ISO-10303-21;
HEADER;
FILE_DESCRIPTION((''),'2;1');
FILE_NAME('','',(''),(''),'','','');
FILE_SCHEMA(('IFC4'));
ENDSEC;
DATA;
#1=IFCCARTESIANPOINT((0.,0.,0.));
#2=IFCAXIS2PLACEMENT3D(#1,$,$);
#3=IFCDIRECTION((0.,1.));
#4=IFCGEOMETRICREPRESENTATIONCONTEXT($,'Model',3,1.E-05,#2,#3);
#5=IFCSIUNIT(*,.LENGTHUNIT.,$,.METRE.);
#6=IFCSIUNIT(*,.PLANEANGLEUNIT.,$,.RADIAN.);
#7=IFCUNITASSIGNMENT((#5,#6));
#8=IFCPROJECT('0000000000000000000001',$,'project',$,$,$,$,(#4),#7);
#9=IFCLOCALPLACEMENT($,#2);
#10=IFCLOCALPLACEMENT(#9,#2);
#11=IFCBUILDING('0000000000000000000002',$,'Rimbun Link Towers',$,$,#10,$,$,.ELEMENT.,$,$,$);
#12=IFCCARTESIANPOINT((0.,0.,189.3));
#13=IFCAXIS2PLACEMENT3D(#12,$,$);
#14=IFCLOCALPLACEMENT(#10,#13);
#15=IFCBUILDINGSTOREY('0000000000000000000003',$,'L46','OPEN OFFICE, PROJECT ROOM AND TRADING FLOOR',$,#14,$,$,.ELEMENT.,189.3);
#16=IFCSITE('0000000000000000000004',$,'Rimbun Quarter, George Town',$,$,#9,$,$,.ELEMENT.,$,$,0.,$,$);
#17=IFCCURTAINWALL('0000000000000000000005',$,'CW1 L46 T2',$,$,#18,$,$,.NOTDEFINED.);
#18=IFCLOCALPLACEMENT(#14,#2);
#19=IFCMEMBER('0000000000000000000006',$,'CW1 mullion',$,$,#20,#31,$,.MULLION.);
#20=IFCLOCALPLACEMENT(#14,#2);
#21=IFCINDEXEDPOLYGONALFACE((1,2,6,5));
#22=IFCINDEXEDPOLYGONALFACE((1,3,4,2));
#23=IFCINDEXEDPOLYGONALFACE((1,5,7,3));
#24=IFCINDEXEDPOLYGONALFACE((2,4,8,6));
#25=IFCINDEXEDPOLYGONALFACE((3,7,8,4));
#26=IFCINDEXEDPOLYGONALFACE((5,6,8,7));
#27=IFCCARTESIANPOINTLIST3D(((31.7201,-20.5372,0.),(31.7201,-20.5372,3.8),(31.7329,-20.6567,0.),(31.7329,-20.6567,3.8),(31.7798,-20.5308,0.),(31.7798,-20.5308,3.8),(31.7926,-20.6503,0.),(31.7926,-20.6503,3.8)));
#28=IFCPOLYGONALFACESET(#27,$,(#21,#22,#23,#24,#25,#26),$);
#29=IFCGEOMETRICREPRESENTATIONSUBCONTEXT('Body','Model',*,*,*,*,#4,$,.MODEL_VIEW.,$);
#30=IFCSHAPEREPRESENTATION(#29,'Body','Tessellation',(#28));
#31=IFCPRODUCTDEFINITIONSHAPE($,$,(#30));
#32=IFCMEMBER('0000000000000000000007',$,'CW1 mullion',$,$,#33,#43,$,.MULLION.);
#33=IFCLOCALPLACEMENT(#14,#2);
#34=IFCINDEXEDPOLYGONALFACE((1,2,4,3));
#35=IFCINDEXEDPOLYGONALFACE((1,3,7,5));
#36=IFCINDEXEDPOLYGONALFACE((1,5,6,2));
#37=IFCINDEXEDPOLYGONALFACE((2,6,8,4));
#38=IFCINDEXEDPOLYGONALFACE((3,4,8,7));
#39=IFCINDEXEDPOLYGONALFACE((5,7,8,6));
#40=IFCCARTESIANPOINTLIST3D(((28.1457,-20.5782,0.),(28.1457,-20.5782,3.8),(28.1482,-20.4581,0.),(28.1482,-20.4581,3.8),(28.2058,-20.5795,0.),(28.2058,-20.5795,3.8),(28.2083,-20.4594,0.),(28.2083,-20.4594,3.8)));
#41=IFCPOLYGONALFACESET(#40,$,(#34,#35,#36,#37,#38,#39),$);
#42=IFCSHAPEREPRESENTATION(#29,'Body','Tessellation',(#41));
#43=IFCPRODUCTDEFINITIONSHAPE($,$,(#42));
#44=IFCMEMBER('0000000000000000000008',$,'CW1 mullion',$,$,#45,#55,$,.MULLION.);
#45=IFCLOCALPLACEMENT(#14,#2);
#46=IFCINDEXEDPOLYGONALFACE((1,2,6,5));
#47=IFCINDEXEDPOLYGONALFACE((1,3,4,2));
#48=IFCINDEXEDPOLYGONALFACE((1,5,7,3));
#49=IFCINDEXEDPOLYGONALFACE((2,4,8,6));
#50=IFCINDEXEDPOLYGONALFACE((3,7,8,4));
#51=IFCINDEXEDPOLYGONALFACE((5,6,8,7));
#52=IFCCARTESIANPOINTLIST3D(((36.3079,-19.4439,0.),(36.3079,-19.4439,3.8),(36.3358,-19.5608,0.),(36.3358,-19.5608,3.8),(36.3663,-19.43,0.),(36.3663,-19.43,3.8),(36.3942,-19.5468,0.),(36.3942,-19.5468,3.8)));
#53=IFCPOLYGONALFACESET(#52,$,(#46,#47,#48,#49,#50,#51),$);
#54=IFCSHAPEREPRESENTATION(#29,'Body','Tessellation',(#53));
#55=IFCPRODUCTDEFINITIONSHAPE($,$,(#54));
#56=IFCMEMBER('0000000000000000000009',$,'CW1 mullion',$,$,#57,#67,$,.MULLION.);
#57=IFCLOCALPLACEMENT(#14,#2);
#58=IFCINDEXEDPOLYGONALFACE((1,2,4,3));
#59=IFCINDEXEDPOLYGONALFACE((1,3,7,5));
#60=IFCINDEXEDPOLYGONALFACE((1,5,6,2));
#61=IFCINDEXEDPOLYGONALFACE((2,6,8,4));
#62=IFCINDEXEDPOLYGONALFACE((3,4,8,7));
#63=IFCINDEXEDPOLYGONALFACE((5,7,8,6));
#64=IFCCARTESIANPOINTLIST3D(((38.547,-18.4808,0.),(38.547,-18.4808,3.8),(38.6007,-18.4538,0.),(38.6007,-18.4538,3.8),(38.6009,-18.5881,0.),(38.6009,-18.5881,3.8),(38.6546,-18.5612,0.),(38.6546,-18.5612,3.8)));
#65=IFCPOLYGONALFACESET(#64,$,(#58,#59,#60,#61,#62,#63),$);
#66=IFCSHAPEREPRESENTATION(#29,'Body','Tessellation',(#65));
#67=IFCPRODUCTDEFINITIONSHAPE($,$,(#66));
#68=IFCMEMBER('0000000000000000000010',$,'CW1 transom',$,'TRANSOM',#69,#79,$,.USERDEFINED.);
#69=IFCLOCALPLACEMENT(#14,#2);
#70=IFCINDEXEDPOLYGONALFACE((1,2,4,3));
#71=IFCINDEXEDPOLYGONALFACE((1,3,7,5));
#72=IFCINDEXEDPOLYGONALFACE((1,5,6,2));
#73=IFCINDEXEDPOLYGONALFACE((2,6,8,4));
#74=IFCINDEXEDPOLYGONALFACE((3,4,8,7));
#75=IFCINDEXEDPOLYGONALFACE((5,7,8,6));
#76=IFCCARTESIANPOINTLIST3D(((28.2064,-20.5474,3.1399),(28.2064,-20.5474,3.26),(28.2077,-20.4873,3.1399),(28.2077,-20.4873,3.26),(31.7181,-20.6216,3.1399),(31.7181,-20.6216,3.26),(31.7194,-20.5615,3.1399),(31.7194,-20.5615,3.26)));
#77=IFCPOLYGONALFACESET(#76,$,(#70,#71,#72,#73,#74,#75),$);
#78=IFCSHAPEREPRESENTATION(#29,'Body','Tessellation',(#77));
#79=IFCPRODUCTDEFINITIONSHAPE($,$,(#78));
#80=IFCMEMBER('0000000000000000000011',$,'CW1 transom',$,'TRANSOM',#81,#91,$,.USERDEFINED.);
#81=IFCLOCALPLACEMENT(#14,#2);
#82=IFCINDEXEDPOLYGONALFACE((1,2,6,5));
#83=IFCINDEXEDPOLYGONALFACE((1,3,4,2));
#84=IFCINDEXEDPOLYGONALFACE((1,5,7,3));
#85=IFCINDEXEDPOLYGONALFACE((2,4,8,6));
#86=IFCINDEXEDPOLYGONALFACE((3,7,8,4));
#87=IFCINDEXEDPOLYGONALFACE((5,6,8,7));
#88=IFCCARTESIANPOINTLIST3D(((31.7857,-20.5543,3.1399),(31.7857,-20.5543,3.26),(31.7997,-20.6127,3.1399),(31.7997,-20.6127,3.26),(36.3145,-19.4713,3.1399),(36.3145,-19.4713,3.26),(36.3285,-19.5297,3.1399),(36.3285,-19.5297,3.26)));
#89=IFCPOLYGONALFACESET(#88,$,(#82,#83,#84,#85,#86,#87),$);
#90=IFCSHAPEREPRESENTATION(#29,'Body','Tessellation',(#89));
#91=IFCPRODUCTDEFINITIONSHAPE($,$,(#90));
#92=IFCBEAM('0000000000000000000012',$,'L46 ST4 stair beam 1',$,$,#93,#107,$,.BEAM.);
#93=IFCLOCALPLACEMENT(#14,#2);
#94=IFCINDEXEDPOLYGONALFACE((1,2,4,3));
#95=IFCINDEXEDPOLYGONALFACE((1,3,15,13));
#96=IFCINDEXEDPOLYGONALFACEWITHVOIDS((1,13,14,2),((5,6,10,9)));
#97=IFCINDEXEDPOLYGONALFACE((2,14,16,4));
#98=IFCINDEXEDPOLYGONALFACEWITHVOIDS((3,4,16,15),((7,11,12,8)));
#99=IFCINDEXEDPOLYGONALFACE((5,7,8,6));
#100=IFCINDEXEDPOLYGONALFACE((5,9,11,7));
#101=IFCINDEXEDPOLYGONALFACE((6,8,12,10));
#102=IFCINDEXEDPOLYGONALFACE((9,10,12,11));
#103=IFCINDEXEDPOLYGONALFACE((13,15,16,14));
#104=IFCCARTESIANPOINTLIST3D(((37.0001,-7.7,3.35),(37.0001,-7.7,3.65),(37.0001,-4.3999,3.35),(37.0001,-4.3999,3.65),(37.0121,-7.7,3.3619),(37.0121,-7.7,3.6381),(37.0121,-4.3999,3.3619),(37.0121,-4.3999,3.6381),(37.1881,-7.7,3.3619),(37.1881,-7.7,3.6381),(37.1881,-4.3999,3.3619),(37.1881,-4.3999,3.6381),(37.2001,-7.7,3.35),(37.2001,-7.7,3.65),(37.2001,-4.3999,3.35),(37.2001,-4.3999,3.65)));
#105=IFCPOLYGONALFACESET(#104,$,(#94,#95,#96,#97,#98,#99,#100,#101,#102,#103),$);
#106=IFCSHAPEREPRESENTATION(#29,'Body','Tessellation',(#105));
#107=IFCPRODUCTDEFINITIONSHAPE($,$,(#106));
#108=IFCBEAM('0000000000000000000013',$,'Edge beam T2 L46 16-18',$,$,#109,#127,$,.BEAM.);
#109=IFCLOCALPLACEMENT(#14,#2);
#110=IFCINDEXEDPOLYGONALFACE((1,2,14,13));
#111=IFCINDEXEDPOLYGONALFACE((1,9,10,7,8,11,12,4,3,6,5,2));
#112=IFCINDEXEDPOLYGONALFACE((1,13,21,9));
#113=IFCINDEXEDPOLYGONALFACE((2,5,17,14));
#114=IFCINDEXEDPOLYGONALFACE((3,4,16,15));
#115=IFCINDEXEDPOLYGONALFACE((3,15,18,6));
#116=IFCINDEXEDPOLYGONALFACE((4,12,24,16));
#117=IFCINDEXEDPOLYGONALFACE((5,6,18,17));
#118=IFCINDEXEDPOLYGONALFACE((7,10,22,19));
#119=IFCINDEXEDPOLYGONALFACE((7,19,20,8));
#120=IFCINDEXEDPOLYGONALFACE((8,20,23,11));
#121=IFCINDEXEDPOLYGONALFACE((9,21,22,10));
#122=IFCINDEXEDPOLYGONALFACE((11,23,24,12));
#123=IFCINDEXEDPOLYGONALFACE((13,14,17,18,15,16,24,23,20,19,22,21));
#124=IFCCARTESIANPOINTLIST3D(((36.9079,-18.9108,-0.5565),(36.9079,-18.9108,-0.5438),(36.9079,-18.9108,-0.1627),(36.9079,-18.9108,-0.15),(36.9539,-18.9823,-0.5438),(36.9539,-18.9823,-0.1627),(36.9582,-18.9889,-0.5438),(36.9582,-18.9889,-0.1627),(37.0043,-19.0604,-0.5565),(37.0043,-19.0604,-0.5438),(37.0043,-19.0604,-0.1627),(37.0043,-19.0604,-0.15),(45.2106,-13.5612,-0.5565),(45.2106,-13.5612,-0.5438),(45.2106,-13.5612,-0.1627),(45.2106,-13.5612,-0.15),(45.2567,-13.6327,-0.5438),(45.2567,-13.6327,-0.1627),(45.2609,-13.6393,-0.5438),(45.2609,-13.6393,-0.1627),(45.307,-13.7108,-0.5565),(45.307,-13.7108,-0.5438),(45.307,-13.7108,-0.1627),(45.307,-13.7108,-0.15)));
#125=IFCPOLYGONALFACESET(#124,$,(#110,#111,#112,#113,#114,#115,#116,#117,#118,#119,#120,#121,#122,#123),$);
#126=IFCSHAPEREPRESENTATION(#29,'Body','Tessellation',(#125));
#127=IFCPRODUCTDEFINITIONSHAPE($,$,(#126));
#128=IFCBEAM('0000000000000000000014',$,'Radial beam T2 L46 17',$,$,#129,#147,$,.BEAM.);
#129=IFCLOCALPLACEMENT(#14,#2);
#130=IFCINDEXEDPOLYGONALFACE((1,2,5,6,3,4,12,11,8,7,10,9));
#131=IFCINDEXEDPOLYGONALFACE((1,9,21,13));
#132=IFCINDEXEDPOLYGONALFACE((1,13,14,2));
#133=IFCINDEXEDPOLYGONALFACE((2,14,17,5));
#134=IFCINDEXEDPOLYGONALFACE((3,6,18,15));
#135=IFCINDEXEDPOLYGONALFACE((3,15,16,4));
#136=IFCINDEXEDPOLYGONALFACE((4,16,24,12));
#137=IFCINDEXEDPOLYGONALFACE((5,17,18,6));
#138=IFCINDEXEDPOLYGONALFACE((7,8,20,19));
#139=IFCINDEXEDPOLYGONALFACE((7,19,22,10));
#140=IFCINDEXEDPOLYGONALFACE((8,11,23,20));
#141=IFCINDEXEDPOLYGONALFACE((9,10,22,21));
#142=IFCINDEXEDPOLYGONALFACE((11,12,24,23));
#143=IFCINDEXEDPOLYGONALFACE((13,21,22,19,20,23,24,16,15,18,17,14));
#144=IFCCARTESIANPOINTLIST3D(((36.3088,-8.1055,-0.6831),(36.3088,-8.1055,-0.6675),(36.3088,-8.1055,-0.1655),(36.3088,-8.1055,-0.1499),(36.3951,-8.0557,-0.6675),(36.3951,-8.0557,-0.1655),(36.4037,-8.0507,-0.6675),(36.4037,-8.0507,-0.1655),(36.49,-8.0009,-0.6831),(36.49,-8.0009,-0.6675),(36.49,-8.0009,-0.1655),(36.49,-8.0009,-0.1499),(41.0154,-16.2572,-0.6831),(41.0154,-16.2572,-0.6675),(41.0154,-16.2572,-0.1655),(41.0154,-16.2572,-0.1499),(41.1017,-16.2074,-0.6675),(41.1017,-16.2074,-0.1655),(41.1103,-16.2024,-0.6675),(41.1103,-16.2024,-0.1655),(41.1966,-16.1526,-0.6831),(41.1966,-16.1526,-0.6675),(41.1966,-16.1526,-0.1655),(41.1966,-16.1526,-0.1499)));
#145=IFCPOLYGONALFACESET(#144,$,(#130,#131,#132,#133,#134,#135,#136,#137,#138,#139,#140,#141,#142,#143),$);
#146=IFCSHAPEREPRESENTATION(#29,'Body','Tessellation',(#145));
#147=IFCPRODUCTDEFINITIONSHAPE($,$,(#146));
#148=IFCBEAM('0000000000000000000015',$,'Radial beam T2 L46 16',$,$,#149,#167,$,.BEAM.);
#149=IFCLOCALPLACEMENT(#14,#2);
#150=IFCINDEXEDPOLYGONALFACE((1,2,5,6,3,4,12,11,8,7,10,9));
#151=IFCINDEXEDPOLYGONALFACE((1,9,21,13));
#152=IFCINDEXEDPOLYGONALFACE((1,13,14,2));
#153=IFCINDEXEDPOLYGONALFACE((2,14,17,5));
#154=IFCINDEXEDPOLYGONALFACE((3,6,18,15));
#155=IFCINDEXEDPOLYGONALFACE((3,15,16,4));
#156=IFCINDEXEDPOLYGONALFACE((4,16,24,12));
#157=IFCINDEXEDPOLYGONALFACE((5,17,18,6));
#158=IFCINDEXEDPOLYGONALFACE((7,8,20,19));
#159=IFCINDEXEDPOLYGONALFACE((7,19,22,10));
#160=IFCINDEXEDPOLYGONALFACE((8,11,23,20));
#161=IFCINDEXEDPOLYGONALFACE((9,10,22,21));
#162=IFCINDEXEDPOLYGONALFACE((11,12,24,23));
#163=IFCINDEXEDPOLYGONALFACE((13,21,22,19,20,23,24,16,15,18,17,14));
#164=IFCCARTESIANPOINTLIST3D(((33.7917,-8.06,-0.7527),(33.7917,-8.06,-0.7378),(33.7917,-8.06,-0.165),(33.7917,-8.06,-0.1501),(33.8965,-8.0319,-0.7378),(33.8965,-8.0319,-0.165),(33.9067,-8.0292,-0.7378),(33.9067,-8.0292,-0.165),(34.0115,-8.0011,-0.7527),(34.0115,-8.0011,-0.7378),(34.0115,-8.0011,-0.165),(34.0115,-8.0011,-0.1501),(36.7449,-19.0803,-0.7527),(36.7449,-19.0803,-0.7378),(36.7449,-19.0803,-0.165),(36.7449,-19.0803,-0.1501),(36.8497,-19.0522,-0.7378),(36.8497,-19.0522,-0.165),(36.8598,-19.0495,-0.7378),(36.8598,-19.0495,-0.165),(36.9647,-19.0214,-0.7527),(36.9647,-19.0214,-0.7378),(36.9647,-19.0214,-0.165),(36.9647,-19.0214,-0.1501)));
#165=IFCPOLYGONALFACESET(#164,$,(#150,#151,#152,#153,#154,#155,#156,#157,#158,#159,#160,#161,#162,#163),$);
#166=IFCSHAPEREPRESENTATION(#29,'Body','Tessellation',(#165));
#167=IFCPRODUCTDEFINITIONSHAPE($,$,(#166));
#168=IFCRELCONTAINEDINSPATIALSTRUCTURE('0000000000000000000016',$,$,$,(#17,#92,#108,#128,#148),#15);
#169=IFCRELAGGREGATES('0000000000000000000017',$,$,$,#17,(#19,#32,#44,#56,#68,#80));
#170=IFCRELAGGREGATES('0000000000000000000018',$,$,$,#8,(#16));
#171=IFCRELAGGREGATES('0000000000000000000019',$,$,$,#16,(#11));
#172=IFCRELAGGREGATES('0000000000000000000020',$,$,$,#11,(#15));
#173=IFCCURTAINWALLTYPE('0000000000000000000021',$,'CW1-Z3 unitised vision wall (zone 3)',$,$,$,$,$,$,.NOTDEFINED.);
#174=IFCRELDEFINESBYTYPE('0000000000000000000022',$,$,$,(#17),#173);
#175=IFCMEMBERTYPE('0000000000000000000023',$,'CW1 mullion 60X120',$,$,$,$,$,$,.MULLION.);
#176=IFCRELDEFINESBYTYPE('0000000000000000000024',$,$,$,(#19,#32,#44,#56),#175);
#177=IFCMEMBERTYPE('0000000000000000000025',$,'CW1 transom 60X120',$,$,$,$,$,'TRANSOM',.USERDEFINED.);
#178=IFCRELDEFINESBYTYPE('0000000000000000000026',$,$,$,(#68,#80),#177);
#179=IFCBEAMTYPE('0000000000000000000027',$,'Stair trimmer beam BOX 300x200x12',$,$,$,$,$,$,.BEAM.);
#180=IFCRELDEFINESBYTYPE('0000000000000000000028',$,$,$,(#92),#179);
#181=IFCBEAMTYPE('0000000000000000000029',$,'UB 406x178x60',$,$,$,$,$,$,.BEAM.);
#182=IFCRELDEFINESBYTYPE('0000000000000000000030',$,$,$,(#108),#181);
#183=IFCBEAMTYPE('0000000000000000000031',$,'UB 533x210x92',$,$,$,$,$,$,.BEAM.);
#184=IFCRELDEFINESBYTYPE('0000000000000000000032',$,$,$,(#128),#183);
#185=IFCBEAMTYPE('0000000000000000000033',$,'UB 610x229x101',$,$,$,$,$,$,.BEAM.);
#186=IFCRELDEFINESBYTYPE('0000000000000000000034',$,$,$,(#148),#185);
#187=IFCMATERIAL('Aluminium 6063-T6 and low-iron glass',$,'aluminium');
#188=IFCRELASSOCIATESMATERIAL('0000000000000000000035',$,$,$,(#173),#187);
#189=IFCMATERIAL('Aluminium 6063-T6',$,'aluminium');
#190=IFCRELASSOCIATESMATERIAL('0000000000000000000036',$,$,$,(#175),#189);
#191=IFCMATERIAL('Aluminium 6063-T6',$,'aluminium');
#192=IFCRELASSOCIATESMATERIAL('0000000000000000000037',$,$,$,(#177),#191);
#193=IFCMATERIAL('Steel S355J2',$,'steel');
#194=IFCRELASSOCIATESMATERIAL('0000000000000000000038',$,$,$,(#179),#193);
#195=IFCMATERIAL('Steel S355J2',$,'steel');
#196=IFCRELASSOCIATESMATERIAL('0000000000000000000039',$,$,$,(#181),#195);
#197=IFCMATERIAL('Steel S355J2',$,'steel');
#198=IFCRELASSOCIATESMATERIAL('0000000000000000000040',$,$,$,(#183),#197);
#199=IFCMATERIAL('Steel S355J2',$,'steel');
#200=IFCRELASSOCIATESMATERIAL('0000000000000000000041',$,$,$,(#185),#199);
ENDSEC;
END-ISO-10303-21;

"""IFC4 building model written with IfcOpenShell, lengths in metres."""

from ifc_helpers import new_model, si_unit, direction, frame, origin, origin_2d, place, context, subcontext, project, spatial, rectangle, hollow_rectangle, i_section, extrude, material, material_profile, profile_set, type_object, element, aggregate, save


model = new_model("IFC4")

# Units and contexts
model_context = context("Model", 3, precision=1e-05, world=origin(), true_north=direction((0.0, 1.0)))
body_context = subcontext(model_context, "Body", "Model", "MODEL_VIEW")
ifc_project = project(units=[si_unit("LENGTHUNIT", "METRE"), si_unit("PLANEANGLEUNIT", "RADIAN")], contexts=[model_context])

# Site, building, storey
site_placement = place(None, origin())
site = spatial("IfcSite", under=ifc_project, at=site_placement, Name="Rimbun Quarter, George Town", CompositionType="ELEMENT", RefElevation=0.0)
building_placement = place(site_placement, origin())
building = spatial("IfcBuilding", under=site, at=building_placement, Name="Rimbun Link Towers", CompositionType="ELEMENT")
storey_placement = place(building_placement, frame((0.0, 0.0, 189.3)))
storey = spatial("IfcBuildingStorey", under=building, at=storey_placement, Name="L46", Description="OPEN OFFICE, PROJECT ROOM AND TRADING FLOOR", CompositionType="ELEMENT", Elevation=189.3)

# Curtain wall, members
ifc_material_1 = material(Name="Aluminium 6063-T6 and low-iron glass", Category="aluminium")
curtain_wall_type = type_object("IfcCurtainWallType", Name="CW1-Z3 unitised vision wall (zone 3)", PredefinedType="NOTDEFINED", material=ifc_material_1)
curtain_wall_placement = place(storey_placement, origin())
curtain_wall = element("IfcCurtainWall", 1, at=curtain_wall_placement, inside=storey, type_object=curtain_wall_type, Name="CW1 L46 T2", PredefinedType="NOTDEFINED")
ifc_material_2 = material(Name="Aluminium 6063-T6", Category="aluminium")
ifc_material_profile_1 = material_profile(ifc_material_2, rectangle(XDim=0.1201, YDim=0.0601, at=origin_2d()), Name="MULLION 60X120")
ifc_profile_set_1 = profile_set([ifc_material_profile_1], Name="Aluminium 6063-T6")
member_type_1 = type_object("IfcMemberType", Name="CW1 mullion 60X120", PredefinedType="MULLION", material=ifc_profile_set_1)
member_1_placement = place(storey_placement, frame((31.7563, -20.5938, 0.0), z_axis=(0.0, 0.0, 1.0), x_axis=(0.106634, -0.994298, 0.0)))
member_1 = element("IfcMember", 2, at=member_1_placement, type_object=member_type_1, Name="CW1 mullion", PredefinedType="MULLION", context=body_context, shape_type="SweptSolid", body=[
    extrude(rectangle(XDim=0.1201, YDim=0.0601, at=origin_2d()), origin(), (0.0, 0.0, 1.0), 3.8),
])
member_2_placement = place(storey_placement, frame((28.177, -20.5188, 0.0), z_axis=(0.0, 0.0, 1.0), x_axis=(-0.021069, -0.999778, 0.0)))
member_2 = element("IfcMember", 3, at=member_2_placement, type_object=member_type_1, Name="CW1 mullion", PredefinedType="MULLION", context=body_context, shape_type="SweptSolid", body=[
    extrude(rectangle(XDim=0.1201, YDim=0.0601, at=origin_2d()), origin(), (0.0, 0.0, 1.0), 3.8),
])
member_3_placement = place(storey_placement, frame((36.3511, -19.4954, 0.0), z_axis=(0.0, 0.0, 1.0), x_axis=(0.232596, -0.972573, 0.0)))
member_3 = element("IfcMember", 4, at=member_3_placement, type_object=member_type_1, Name="CW1 mullion", PredefinedType="MULLION", context=body_context, shape_type="SweptSolid", body=[
    extrude(rectangle(XDim=0.1201, YDim=0.0601, at=origin_2d()), origin(), (0.0, 0.0, 1.0), 3.8),
])
member_4_placement = place(storey_placement, frame((38.6008, -18.521, 0.0), z_axis=(0.0, 0.0, 1.0), x_axis=(0.448781, -0.893642, 0.0)))
member_4 = element("IfcMember", 5, at=member_4_placement, type_object=member_type_1, Name="CW1 mullion", PredefinedType="MULLION", context=body_context, shape_type="SweptSolid", body=[
    extrude(rectangle(XDim=0.1201, YDim=0.0601, at=origin_2d()), origin(), (0.0, 0.0, 1.0), 3.8),
])
ifc_material_3 = material(Name="Aluminium 6063-T6", Category="aluminium")
ifc_material_profile_2 = material_profile(ifc_material_3, rectangle(XDim=0.0601, YDim=0.1201, at=origin_2d()), Name="TRANSOM 60X120")
ifc_profile_set_2 = profile_set([ifc_material_profile_2], Name="Aluminium 6063-T6")
member_type_2 = type_object("IfcMemberType", Name="CW1 transom 60X120", ElementType="TRANSOM", PredefinedType="USERDEFINED", material=ifc_profile_set_2)
member_5_placement = place(storey_placement, frame((31.7188, -20.5916, 3.2), z_axis=(-0.999777, 0.02113, 0.0), x_axis=(-0.02113, -0.999777, 0.0)))
member_5 = element("IfcMember", 6, at=member_5_placement, type_object=member_type_2, Name="CW1 transom", ObjectType="TRANSOM", PredefinedType="USERDEFINED", context=body_context, shape_type="SweptSolid", body=[
    extrude(rectangle(XDim=0.0601, YDim=0.1201, at=origin_2d()), origin(), (0.0, 0.0, 1.0), 3.5125),
])
member_6_placement = place(storey_placement, frame((36.3215, -19.5005, 3.2), z_axis=(-0.972577, -0.23258, 0.0), x_axis=(0.23258, -0.972577, 0.0)))
member_6 = element("IfcMember", 7, at=member_6_placement, type_object=member_type_2, Name="CW1 transom", ObjectType="TRANSOM", PredefinedType="USERDEFINED", context=body_context, shape_type="SweptSolid", body=[
    extrude(rectangle(XDim=0.0601, YDim=0.1201, at=origin_2d()), origin(), (0.0, 0.0, 1.0), 4.6565),
])

# Beams
ifc_material_4 = material(Name="Steel S355J2", Category="steel")
ifc_material_profile_3 = material_profile(ifc_material_4, hollow_rectangle(XDim=0.2, YDim=0.3, WallThickness=0.012, at=origin_2d()), Name="BOX 300x200x12")
ifc_profile_set_3 = profile_set([ifc_material_profile_3], Name="Steel S355J2")
beam_type_1 = type_object("IfcBeamType", Name="Stair trimmer beam BOX 300x200x12", PredefinedType="BEAM", material=ifc_profile_set_3)
beam_1_placement = place(storey_placement, frame((37.1001, -7.7, 3.5), z_axis=(0.0, 1.0, 0.0), x_axis=(-1.0, 0.0, 0.0)))
element("IfcBeam", 8, at=beam_1_placement, inside=storey, type_object=beam_type_1, Name="L46 ST4 stair beam 1", PredefinedType="BEAM", context=body_context, shape_type="SweptSolid", body=[
    extrude(hollow_rectangle(XDim=0.2, YDim=0.3, WallThickness=0.012, at=origin_2d()), origin(), (0.0, 0.0, 1.0), 3.3),
])
ifc_material_5 = material(Name="Steel S355J2", Category="steel")
ifc_material_profile_4 = material_profile(ifc_material_5, i_section(OverallWidth=0.178, OverallDepth=0.4065, WebThickness=0.0078, FlangeThickness=0.0127, at=origin_2d()), Name="UB 406x178x60")
ifc_profile_set_4 = profile_set([ifc_material_profile_4], Name="Steel S355J2")
beam_type_2 = type_object("IfcBeamType", Name="UB 406x178x60", PredefinedType="BEAM", material=ifc_profile_set_4)
beam_2_placement = place(storey_placement, frame((36.9561, -18.9856, -0.3533), z_axis=(0.840619, 0.541627, 0.0), x_axis=(-0.541627, 0.840619, 0.0)))
element("IfcBeam", 9, at=beam_2_placement, inside=storey, type_object=beam_type_2, Name="Edge beam T2 L46 16-18", PredefinedType="BEAM", context=body_context, shape_type="SweptSolid", body=[
    extrude(i_section(OverallWidth=0.178, OverallDepth=0.4065, WebThickness=0.0078, FlangeThickness=0.0127, at=origin_2d()), origin(), (0.0, 0.0, 1.0), 9.877),
])
ifc_material_6 = material(Name="Steel S355J2", Category="steel")
ifc_material_profile_5 = material_profile(ifc_material_6, i_section(OverallWidth=0.2092, OverallDepth=0.5332, WebThickness=0.01, FlangeThickness=0.0156, at=origin_2d()), Name="UB 533x210x92")
ifc_profile_set_5 = profile_set([ifc_material_profile_5], Name="Steel S355J2")
beam_type_3 = type_object("IfcBeamType", Name="UB 533x210x92", PredefinedType="BEAM", material=ifc_profile_set_5)
beam_3_placement = place(storey_placement, frame((36.3994, -8.0532, -0.4165), z_axis=(0.500017, -0.866016, 0.0), x_axis=(0.866016, 0.500017, 0.0)))
element("IfcBeam", 10, at=beam_3_placement, inside=storey, type_object=beam_type_3, Name="Radial beam T2 L46 17", PredefinedType="BEAM", context=body_context, shape_type="SweptSolid", body=[
    extrude(i_section(OverallWidth=0.2092, OverallDepth=0.5332, WebThickness=0.01, FlangeThickness=0.0156, at=origin_2d()), origin(), (0.0, 0.0, 1.0), 9.4128),
])
ifc_material_7 = material(Name="Steel S355J2", Category="steel")
ifc_material_profile_6 = material_profile(ifc_material_7, i_section(OverallWidth=0.2275, OverallDepth=0.6025, WebThickness=0.0105, FlangeThickness=0.0149, at=origin_2d()), Name="UB 610x229x101")
ifc_profile_set_6 = profile_set([ifc_material_profile_6], Name="Steel S355J2")
beam_type_4 = type_object("IfcBeamType", Name="UB 610x229x101", PredefinedType="BEAM", material=ifc_profile_set_6)
beam_4_placement = place(storey_placement, frame((33.9016, -8.0305, -0.4514), z_axis=(0.25884, -0.96592, 0.0), x_axis=(0.96592, 0.25884, 0.0)))
element("IfcBeam", 11, at=beam_4_placement, inside=storey, type_object=beam_type_4, Name="Radial beam T2 L46 16", PredefinedType="BEAM", context=body_context, shape_type="SweptSolid", body=[
    extrude(i_section(OverallWidth=0.2275, OverallDepth=0.6025, WebThickness=0.0105, FlangeThickness=0.0149, at=origin_2d()), origin(), (0.0, 0.0, 1.0), 11.4092),
])

aggregate(curtain_wall, [member_1, member_2, member_3, member_4, member_5, member_6])

save(model, "model.ifc")
